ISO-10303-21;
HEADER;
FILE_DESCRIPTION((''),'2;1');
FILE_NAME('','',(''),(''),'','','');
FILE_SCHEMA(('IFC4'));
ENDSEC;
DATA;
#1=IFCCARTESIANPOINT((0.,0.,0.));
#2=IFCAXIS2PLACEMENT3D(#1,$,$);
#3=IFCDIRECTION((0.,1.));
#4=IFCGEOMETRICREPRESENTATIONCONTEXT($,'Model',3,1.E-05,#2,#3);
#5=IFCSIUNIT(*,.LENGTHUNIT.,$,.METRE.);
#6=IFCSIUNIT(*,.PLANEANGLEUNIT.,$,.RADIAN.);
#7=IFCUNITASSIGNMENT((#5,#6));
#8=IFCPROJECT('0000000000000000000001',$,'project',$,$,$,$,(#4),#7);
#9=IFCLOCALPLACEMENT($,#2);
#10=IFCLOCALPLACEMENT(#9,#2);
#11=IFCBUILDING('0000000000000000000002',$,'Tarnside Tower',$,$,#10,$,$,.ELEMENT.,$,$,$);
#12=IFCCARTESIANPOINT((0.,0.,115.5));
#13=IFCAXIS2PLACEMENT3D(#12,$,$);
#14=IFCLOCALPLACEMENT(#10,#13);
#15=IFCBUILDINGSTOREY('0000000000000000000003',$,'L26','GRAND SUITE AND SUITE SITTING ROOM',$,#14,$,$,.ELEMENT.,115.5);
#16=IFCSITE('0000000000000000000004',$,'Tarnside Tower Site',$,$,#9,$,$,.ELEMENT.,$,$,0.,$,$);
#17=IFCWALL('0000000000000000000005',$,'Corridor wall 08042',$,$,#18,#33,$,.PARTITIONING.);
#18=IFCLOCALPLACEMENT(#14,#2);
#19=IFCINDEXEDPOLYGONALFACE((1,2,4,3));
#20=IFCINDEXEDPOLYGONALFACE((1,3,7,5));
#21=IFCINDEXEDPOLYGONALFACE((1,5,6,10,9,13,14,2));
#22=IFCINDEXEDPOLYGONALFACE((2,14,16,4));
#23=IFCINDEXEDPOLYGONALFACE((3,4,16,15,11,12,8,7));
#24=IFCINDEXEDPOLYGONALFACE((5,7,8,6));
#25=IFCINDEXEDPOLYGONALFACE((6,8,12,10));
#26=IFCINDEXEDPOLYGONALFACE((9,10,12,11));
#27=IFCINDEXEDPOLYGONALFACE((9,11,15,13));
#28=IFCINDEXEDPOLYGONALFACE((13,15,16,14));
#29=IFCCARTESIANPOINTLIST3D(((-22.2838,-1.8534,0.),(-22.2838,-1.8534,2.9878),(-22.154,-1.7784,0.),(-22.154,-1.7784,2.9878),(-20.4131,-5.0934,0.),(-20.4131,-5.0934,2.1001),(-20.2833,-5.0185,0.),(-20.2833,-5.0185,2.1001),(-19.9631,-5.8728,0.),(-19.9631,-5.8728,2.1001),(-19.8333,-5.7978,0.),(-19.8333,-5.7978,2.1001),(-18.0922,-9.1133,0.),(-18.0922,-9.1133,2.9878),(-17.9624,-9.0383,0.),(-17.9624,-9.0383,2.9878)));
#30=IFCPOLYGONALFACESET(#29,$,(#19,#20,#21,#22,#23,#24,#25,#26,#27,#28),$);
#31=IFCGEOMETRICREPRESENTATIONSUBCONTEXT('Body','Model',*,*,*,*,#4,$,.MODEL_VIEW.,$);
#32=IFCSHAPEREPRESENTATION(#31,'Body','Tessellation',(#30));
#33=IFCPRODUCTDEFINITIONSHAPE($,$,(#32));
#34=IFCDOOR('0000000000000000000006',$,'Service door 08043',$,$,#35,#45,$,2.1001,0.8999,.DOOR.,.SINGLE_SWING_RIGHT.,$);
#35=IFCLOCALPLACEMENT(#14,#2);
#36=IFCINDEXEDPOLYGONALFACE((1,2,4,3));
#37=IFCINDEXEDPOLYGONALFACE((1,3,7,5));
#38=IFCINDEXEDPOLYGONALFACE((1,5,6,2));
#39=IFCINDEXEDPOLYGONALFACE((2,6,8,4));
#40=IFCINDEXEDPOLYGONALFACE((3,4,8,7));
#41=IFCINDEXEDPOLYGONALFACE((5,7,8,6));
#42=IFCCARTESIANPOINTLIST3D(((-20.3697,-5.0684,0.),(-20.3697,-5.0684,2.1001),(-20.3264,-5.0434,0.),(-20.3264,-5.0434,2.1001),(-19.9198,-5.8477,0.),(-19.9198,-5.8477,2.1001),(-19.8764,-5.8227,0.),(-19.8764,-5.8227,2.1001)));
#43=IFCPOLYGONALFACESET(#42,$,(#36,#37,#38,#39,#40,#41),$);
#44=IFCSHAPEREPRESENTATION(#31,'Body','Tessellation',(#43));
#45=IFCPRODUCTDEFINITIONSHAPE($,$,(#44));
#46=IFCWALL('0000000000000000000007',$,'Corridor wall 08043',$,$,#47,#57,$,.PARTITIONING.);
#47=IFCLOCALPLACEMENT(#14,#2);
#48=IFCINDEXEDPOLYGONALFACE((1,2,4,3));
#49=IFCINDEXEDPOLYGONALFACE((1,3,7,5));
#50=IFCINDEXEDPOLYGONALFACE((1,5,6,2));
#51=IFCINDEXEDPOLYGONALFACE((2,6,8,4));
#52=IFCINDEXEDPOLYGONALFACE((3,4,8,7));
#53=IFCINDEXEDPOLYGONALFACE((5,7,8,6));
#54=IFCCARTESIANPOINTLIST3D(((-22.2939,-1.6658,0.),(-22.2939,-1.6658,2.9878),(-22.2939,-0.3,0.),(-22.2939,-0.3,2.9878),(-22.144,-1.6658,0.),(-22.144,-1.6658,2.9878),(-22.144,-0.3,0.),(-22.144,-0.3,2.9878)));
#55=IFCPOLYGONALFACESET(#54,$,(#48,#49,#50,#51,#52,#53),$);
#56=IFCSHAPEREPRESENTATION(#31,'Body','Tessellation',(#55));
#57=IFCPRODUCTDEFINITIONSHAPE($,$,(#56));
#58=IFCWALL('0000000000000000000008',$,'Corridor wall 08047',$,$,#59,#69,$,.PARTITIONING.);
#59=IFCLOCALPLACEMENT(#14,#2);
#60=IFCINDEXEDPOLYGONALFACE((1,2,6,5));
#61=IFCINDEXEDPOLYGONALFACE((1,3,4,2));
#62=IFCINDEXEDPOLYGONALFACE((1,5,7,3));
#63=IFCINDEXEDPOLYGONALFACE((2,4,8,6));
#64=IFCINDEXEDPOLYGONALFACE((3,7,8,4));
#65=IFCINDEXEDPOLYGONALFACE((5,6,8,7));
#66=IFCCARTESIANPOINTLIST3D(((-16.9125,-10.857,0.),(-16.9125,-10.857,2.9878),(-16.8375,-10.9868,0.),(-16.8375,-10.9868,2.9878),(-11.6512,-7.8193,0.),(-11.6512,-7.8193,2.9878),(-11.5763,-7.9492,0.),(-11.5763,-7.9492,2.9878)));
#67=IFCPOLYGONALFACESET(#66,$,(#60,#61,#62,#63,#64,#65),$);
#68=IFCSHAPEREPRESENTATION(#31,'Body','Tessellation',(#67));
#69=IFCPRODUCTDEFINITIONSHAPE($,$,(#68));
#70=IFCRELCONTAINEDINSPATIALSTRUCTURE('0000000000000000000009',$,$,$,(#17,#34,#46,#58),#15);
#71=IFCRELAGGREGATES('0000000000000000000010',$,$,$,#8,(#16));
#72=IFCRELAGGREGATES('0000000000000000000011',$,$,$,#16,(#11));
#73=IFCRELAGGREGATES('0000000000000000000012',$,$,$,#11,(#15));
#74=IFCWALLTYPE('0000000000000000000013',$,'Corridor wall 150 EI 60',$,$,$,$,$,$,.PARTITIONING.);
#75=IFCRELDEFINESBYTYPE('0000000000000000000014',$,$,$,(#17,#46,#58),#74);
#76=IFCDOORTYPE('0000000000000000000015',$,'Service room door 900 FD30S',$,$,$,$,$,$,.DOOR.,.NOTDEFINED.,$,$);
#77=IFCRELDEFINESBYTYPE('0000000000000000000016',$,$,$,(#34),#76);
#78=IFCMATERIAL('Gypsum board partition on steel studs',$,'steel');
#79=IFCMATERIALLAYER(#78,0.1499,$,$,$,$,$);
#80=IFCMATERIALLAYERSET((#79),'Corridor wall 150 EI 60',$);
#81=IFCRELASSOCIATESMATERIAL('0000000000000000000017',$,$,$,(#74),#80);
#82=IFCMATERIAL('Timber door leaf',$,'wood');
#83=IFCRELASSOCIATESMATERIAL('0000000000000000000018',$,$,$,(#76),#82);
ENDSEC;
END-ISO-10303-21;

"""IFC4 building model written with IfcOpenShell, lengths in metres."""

from ifc_helpers import new_model, si_unit, direction, frame, frame_2d, origin, place, context, subcontext, project, spatial, rectangle, extrude, material, layer, layer_set, type_object, element, fill, save


model = new_model("IFC4")

# Units and contexts
model_context = context("Model", 3, precision=1e-05, world=origin(), true_north=direction((0.0, 1.0)))
body_context = subcontext(model_context, "Body", "Model", "MODEL_VIEW")
ifc_project = project(units=[si_unit("LENGTHUNIT", "METRE"), si_unit("PLANEANGLEUNIT", "RADIAN")], contexts=[model_context])

# Site, building, storey
site_placement = place(None, origin())
site = spatial("IfcSite", under=ifc_project, at=site_placement, Name="Tarnside Tower Site", CompositionType="ELEMENT", RefElevation=0.0)
building_placement = place(site_placement, origin())
building = spatial("IfcBuilding", under=site, at=building_placement, Name="Tarnside Tower", CompositionType="ELEMENT")
storey_placement = place(building_placement, frame((0.0, 0.0, 115.5)))
storey = spatial("IfcBuildingStorey", under=building, at=storey_placement, Name="L26", Description="GRAND SUITE AND SUITE SITTING ROOM", CompositionType="ELEMENT", Elevation=115.5)

# Shared definitions
ifc_material_1 = material(Name="Gypsum board partition on steel studs", Category="steel")
ifc_material_2 = material(Name="Timber door leaf", Category="wood")

# Shared definitions
ifc_layer_1 = layer(ifc_material_1, 0.1499)
ifc_layer_set_1 = layer_set([ifc_layer_1], Name="Corridor wall 150 EI 60")
wall_type_1 = type_object("IfcWallType", Name="Corridor wall 150 EI 60", PredefinedType="PARTITIONING", material=ifc_layer_set_1)

# Wall, opening, door
wall_1_placement = place(storey_placement, frame((-18.0273, -9.0757, 0.0), z_axis=(0.0, 0.0, 1.0), x_axis=(-0.500007, 0.866021, 0.0)))
wall_1 = element("IfcWall", 1, at=wall_1_placement, inside=storey, type_object=wall_type_1, Name="Corridor wall 08042", PredefinedType="PARTITIONING", context=body_context, shape_type="SweptSolid", body=[
    extrude(rectangle(XDim=8.3831, YDim=0.1499, at=frame_2d((4.1914, 0.0))), origin(), (0.0, 0.0, 1.0), 2.9878),
])
opening_1_placement = place(wall_1_placement, frame((3.7417, 0.0, 0.0)))
opening_1 = element("IfcOpeningElement", 2, at=opening_1_placement, cuts=wall_1, PredefinedType="OPENING", context=body_context, shape_type="SweptSolid", body=[
    extrude(rectangle(XDim=0.8999, YDim=2.1001, at=frame_2d((0.45, 1.05))), frame((0.0, 0.085, 0.0), z_axis=(0.0, -1.0, 0.0), x_axis=(1.0, 0.0, 0.0)), (0.0, 0.0, 1.0), 0.1699),
])
door_type_1 = type_object("IfcDoorType", Name="Service room door 900 FD30S", OperationType="NOTDEFINED", PredefinedType="DOOR", material=ifc_material_2)
door_1_placement = place(opening_1_placement, origin())
door_1 = element("IfcDoor", 3, at=door_1_placement, inside=storey, type_object=door_type_1, Name="Service door 08043", OperationType="SINGLE_SWING_RIGHT", OverallHeight=2.1001, OverallWidth=0.8999, PredefinedType="DOOR", context=body_context, shape_type="SweptSolid", body=[
    extrude(rectangle(XDim=0.8999, YDim=2.1001, at=frame_2d((0.45, 1.05))), frame((0.0, 0.0249, 0.0), z_axis=(0.0, -1.0, 0.0), x_axis=(1.0, 0.0, 0.0)), (0.0, 0.0, 1.0), 0.05),
])
fill(opening_1, door_1)

# Walls
wall_2_placement = place(storey_placement, frame((-22.219, -1.6658, 0.0), z_axis=(0.0, 0.0, 1.0), x_axis=(0.0, 1.0, 0.0)))
element("IfcWall", 4, at=wall_2_placement, inside=storey, type_object=wall_type_1, Name="Corridor wall 08043", PredefinedType="PARTITIONING", context=body_context, shape_type="SweptSolid", body=[
    extrude(rectangle(XDim=1.3657, YDim=0.1499, at=frame_2d((0.6829, 0.0))), origin(), (0.0, 0.0, 1.0), 2.9878),
])
wall_3_placement = place(storey_placement, frame((-16.875, -10.9219, 0.0), z_axis=(0.0, 0.0, 1.0), x_axis=(0.866024, 0.500003, 0.0)))
element("IfcWall", 5, at=wall_3_placement, inside=storey, type_object=wall_type_1, Name="Corridor wall 08047", PredefinedType="PARTITIONING", context=body_context, shape_type="SweptSolid", body=[
    extrude(rectangle(XDim=6.0752, YDim=0.1499, at=frame_2d((3.0376, 0.0))), origin(), (0.0, 0.0, 1.0), 2.9878),
])

save(model, "model.ifc")
